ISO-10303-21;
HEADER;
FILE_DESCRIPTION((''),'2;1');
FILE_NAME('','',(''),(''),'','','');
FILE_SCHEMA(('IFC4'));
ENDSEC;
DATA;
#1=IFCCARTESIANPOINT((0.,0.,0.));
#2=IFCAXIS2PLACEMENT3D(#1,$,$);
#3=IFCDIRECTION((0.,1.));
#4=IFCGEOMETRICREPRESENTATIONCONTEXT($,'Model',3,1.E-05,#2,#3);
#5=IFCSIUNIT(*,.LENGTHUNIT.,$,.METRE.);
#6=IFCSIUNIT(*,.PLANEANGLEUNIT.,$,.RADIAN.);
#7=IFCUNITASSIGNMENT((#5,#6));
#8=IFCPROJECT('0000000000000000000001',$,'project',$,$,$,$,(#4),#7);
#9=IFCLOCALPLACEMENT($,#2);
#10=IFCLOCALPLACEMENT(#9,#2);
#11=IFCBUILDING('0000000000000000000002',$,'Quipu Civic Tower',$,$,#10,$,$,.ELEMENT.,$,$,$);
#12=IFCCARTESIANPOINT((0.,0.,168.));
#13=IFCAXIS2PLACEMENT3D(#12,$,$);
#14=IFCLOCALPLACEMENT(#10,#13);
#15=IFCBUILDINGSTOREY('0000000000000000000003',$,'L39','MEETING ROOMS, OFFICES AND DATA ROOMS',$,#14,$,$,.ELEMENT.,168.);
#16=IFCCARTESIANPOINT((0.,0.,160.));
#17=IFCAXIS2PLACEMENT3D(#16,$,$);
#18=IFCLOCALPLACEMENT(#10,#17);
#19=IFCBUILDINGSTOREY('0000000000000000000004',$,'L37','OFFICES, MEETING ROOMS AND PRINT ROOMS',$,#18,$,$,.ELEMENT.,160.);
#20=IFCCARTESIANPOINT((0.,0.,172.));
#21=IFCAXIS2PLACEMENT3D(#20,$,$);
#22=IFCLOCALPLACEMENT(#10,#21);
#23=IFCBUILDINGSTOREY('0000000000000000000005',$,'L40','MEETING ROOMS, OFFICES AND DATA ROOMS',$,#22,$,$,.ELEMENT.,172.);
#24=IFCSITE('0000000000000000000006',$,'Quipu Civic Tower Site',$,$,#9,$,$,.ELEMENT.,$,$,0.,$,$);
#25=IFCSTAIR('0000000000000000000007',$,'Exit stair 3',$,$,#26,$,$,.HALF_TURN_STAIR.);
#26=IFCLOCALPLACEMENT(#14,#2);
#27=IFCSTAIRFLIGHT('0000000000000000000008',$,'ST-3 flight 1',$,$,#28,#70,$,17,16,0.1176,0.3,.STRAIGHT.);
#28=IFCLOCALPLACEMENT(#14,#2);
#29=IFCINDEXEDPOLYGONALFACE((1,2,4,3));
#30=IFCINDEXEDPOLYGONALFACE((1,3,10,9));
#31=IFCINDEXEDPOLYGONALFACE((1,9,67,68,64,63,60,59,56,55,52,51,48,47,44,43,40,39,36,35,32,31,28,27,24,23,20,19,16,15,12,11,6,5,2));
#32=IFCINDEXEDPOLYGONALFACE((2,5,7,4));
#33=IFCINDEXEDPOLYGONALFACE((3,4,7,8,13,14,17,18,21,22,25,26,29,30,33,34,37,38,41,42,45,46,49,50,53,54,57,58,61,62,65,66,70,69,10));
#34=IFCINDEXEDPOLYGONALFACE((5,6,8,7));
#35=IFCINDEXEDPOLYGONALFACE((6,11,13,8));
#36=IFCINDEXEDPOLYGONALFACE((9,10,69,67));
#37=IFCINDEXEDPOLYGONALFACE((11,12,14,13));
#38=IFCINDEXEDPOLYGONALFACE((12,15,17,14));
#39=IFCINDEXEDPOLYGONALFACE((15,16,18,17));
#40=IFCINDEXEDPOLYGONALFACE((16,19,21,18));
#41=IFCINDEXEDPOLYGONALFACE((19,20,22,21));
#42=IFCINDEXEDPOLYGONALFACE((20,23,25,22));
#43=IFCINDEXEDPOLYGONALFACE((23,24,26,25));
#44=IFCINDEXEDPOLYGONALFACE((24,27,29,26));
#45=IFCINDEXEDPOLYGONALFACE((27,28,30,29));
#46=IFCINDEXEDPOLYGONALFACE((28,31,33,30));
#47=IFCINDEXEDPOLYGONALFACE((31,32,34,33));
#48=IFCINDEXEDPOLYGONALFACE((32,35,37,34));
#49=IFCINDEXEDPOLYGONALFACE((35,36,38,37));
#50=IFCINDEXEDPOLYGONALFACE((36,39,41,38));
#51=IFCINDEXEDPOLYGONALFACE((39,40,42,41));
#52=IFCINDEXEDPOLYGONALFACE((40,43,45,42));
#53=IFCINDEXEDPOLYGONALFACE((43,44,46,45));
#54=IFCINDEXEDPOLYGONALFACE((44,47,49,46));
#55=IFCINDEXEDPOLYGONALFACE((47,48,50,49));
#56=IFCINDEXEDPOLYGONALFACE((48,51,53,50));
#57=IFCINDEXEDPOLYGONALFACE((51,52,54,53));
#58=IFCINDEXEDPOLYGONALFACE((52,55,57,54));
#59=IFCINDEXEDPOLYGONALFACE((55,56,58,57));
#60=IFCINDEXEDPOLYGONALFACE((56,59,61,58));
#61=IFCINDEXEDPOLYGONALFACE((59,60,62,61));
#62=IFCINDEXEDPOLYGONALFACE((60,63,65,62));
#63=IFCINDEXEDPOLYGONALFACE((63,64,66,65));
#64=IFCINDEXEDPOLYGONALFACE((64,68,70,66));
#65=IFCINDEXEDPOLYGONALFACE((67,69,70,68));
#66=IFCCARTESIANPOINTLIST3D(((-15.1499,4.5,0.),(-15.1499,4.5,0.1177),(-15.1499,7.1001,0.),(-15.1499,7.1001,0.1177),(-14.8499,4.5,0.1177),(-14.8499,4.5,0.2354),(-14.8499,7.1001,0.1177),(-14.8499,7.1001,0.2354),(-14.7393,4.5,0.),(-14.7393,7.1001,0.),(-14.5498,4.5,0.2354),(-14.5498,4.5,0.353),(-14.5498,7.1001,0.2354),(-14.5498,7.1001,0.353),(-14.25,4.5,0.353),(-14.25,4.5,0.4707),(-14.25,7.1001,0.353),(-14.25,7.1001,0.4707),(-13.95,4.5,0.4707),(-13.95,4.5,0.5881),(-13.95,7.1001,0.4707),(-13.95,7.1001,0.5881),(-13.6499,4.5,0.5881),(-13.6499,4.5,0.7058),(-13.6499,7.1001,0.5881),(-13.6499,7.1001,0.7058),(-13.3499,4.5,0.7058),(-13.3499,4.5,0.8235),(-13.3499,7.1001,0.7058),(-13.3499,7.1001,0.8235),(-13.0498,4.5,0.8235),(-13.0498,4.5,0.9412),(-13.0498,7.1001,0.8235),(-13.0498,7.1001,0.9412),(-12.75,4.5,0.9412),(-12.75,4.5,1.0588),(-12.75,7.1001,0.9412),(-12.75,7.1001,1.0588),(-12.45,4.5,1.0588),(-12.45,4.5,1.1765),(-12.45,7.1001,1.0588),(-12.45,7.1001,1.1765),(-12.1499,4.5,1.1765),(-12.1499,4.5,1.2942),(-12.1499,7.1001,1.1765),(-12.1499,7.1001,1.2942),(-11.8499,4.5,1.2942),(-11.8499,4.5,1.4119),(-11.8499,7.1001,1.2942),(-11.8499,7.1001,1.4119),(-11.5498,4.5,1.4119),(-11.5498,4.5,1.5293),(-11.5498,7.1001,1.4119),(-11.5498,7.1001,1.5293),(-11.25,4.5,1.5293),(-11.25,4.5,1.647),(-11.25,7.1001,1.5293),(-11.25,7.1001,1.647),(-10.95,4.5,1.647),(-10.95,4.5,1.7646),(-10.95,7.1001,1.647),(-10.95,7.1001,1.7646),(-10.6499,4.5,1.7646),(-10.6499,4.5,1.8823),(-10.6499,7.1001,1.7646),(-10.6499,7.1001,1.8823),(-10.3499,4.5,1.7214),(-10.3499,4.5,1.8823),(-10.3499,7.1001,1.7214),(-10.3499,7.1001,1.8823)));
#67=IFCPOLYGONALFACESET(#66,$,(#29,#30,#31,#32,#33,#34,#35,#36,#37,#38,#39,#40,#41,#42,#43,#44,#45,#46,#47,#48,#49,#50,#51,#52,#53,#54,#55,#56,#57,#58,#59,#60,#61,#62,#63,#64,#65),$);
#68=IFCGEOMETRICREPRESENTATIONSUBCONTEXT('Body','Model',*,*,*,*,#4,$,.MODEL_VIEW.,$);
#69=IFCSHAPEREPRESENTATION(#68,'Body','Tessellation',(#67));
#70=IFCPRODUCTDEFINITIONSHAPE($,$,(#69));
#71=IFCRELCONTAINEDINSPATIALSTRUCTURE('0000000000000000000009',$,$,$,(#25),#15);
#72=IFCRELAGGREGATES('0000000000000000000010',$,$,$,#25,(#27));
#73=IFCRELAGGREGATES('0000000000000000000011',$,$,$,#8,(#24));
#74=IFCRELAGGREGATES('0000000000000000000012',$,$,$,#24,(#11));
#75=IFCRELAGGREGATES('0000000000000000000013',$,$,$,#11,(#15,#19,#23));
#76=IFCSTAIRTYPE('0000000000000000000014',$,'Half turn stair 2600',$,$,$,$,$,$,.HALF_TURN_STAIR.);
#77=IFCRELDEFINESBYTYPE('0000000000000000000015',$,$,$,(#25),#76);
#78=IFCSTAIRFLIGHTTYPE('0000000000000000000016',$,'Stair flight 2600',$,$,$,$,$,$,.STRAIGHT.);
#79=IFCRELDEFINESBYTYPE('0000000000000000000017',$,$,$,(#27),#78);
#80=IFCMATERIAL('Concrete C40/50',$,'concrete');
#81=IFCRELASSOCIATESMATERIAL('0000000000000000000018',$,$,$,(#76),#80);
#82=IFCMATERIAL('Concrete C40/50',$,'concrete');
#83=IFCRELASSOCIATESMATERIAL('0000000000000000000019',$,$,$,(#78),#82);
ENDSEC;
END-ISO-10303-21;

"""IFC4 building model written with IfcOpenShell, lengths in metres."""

from ifc_helpers import new_model, si_unit, direction, frame, origin, place, context, subcontext, project, spatial, polyline, outline, extrude, material, type_object, element, aggregate, save


model = new_model("IFC4")

# Units and contexts
model_context = context("Model", 3, precision=1e-05, world=origin(), true_north=direction((0.0, 1.0)))
body_context = subcontext(model_context, "Body", "Model", "MODEL_VIEW")
ifc_project = project(units=[si_unit("LENGTHUNIT", "METRE"), si_unit("PLANEANGLEUNIT", "RADIAN")], contexts=[model_context])

# Site, building, storey
site_placement = place(None, origin())
site = spatial("IfcSite", under=ifc_project, at=site_placement, Name="Quipu Civic Tower Site", CompositionType="ELEMENT", RefElevation=0.0)
building_placement = place(site_placement, origin())
building = spatial("IfcBuilding", under=site, at=building_placement, Name="Quipu Civic Tower", CompositionType="ELEMENT")
storey_1_placement = place(building_placement, frame((0.0, 0.0, 168.0)))
storey_1 = spatial("IfcBuildingStorey", under=building, at=storey_1_placement, Name="L39", Description="MEETING ROOMS, OFFICES AND DATA ROOMS", CompositionType="ELEMENT", Elevation=168.0)

# Shared definitions
storey_2_placement = place(building_placement, frame((0.0, 0.0, 160.0)))
storey_2 = spatial("IfcBuildingStorey", under=building, at=storey_2_placement, Name="L37", Description="OFFICES, MEETING ROOMS AND PRINT ROOMS", CompositionType="ELEMENT", Elevation=160.0)

# Shared definitions
storey_3_placement = place(building_placement, frame((0.0, 0.0, 172.0)))
storey_3 = spatial("IfcBuildingStorey", under=building, at=storey_3_placement, Name="L40", Description="MEETING ROOMS, OFFICES AND DATA ROOMS", CompositionType="ELEMENT", Elevation=172.0)

# Stair, stair flight
ifc_material_1 = material(Name="Concrete C40/50", Category="concrete")
stair_type = type_object("IfcStairType", Name="Half turn stair 2600", PredefinedType="HALF_TURN_STAIR", material=ifc_material_1)
stair_placement = place(storey_1_placement, origin())
stair = element("IfcStair", 1, at=stair_placement, inside=storey_1, type_object=stair_type, Name="Exit stair 3", PredefinedType="HALF_TURN_STAIR")
ifc_material_2 = material(Name="Concrete C40/50", Category="concrete")
stair_flight_type = type_object("IfcStairFlightType", Name="Stair flight 2600", PredefinedType="STRAIGHT", material=ifc_material_2)
stair_flight_placement = place(storey_1_placement, frame((-15.1499, 5.8, 0.0), z_axis=(0.0, 0.0, 1.0), x_axis=(1.0, 0.0, 0.0)))
stair_flight = element("IfcStairFlight", 2, at=stair_flight_placement, type_object=stair_flight_type, Name="ST-3 flight 1", NumberOfRisers=17, NumberOfTreads=16, PredefinedType="STRAIGHT", RiserHeight=0.1176, TreadLength=0.3, context=body_context, shape_type="SweptSolid", body=[
    extrude(outline(polyline([(0.0, 0.0), (0.0, 0.1177), (0.3, 0.1177), (0.3, 0.2354), (0.6001, 0.2354), (0.6001, 0.353), (0.8999, 0.353), (0.8999, 0.4707), (1.2, 0.4707), (1.2, 0.5881), (1.5, 0.5881), (1.5, 0.7058), (1.8, 0.7058), (1.8, 0.8235), (2.1001, 0.8235), (2.1001, 0.9412), (2.3999, 0.9412), (2.3999, 1.0588), (2.7, 1.0588), (2.7, 1.1765), (3.0, 1.1765), (3.0, 1.2942), (3.3, 1.2942), (3.3, 1.4119), (3.6001, 1.4119), (3.6001, 1.5293), (3.8999, 1.5293), (3.8999, 1.647), (4.2, 1.647), (4.2, 1.7646), (4.5, 1.7646), (4.5, 1.8823), (4.8, 1.8823), (4.8, 2.0), (4.8, 1.7214), (0.4106, 0.0), (0.0, 0.0)])), frame((0.0, 1.3, 0.0), z_axis=(0.0, -1.0, 0.0), x_axis=(1.0, 0.0, 0.0)), (0.0, 0.0, 1.0), 2.6001),
])
aggregate(stair, [stair_flight])

save(model, "model.ifc")
